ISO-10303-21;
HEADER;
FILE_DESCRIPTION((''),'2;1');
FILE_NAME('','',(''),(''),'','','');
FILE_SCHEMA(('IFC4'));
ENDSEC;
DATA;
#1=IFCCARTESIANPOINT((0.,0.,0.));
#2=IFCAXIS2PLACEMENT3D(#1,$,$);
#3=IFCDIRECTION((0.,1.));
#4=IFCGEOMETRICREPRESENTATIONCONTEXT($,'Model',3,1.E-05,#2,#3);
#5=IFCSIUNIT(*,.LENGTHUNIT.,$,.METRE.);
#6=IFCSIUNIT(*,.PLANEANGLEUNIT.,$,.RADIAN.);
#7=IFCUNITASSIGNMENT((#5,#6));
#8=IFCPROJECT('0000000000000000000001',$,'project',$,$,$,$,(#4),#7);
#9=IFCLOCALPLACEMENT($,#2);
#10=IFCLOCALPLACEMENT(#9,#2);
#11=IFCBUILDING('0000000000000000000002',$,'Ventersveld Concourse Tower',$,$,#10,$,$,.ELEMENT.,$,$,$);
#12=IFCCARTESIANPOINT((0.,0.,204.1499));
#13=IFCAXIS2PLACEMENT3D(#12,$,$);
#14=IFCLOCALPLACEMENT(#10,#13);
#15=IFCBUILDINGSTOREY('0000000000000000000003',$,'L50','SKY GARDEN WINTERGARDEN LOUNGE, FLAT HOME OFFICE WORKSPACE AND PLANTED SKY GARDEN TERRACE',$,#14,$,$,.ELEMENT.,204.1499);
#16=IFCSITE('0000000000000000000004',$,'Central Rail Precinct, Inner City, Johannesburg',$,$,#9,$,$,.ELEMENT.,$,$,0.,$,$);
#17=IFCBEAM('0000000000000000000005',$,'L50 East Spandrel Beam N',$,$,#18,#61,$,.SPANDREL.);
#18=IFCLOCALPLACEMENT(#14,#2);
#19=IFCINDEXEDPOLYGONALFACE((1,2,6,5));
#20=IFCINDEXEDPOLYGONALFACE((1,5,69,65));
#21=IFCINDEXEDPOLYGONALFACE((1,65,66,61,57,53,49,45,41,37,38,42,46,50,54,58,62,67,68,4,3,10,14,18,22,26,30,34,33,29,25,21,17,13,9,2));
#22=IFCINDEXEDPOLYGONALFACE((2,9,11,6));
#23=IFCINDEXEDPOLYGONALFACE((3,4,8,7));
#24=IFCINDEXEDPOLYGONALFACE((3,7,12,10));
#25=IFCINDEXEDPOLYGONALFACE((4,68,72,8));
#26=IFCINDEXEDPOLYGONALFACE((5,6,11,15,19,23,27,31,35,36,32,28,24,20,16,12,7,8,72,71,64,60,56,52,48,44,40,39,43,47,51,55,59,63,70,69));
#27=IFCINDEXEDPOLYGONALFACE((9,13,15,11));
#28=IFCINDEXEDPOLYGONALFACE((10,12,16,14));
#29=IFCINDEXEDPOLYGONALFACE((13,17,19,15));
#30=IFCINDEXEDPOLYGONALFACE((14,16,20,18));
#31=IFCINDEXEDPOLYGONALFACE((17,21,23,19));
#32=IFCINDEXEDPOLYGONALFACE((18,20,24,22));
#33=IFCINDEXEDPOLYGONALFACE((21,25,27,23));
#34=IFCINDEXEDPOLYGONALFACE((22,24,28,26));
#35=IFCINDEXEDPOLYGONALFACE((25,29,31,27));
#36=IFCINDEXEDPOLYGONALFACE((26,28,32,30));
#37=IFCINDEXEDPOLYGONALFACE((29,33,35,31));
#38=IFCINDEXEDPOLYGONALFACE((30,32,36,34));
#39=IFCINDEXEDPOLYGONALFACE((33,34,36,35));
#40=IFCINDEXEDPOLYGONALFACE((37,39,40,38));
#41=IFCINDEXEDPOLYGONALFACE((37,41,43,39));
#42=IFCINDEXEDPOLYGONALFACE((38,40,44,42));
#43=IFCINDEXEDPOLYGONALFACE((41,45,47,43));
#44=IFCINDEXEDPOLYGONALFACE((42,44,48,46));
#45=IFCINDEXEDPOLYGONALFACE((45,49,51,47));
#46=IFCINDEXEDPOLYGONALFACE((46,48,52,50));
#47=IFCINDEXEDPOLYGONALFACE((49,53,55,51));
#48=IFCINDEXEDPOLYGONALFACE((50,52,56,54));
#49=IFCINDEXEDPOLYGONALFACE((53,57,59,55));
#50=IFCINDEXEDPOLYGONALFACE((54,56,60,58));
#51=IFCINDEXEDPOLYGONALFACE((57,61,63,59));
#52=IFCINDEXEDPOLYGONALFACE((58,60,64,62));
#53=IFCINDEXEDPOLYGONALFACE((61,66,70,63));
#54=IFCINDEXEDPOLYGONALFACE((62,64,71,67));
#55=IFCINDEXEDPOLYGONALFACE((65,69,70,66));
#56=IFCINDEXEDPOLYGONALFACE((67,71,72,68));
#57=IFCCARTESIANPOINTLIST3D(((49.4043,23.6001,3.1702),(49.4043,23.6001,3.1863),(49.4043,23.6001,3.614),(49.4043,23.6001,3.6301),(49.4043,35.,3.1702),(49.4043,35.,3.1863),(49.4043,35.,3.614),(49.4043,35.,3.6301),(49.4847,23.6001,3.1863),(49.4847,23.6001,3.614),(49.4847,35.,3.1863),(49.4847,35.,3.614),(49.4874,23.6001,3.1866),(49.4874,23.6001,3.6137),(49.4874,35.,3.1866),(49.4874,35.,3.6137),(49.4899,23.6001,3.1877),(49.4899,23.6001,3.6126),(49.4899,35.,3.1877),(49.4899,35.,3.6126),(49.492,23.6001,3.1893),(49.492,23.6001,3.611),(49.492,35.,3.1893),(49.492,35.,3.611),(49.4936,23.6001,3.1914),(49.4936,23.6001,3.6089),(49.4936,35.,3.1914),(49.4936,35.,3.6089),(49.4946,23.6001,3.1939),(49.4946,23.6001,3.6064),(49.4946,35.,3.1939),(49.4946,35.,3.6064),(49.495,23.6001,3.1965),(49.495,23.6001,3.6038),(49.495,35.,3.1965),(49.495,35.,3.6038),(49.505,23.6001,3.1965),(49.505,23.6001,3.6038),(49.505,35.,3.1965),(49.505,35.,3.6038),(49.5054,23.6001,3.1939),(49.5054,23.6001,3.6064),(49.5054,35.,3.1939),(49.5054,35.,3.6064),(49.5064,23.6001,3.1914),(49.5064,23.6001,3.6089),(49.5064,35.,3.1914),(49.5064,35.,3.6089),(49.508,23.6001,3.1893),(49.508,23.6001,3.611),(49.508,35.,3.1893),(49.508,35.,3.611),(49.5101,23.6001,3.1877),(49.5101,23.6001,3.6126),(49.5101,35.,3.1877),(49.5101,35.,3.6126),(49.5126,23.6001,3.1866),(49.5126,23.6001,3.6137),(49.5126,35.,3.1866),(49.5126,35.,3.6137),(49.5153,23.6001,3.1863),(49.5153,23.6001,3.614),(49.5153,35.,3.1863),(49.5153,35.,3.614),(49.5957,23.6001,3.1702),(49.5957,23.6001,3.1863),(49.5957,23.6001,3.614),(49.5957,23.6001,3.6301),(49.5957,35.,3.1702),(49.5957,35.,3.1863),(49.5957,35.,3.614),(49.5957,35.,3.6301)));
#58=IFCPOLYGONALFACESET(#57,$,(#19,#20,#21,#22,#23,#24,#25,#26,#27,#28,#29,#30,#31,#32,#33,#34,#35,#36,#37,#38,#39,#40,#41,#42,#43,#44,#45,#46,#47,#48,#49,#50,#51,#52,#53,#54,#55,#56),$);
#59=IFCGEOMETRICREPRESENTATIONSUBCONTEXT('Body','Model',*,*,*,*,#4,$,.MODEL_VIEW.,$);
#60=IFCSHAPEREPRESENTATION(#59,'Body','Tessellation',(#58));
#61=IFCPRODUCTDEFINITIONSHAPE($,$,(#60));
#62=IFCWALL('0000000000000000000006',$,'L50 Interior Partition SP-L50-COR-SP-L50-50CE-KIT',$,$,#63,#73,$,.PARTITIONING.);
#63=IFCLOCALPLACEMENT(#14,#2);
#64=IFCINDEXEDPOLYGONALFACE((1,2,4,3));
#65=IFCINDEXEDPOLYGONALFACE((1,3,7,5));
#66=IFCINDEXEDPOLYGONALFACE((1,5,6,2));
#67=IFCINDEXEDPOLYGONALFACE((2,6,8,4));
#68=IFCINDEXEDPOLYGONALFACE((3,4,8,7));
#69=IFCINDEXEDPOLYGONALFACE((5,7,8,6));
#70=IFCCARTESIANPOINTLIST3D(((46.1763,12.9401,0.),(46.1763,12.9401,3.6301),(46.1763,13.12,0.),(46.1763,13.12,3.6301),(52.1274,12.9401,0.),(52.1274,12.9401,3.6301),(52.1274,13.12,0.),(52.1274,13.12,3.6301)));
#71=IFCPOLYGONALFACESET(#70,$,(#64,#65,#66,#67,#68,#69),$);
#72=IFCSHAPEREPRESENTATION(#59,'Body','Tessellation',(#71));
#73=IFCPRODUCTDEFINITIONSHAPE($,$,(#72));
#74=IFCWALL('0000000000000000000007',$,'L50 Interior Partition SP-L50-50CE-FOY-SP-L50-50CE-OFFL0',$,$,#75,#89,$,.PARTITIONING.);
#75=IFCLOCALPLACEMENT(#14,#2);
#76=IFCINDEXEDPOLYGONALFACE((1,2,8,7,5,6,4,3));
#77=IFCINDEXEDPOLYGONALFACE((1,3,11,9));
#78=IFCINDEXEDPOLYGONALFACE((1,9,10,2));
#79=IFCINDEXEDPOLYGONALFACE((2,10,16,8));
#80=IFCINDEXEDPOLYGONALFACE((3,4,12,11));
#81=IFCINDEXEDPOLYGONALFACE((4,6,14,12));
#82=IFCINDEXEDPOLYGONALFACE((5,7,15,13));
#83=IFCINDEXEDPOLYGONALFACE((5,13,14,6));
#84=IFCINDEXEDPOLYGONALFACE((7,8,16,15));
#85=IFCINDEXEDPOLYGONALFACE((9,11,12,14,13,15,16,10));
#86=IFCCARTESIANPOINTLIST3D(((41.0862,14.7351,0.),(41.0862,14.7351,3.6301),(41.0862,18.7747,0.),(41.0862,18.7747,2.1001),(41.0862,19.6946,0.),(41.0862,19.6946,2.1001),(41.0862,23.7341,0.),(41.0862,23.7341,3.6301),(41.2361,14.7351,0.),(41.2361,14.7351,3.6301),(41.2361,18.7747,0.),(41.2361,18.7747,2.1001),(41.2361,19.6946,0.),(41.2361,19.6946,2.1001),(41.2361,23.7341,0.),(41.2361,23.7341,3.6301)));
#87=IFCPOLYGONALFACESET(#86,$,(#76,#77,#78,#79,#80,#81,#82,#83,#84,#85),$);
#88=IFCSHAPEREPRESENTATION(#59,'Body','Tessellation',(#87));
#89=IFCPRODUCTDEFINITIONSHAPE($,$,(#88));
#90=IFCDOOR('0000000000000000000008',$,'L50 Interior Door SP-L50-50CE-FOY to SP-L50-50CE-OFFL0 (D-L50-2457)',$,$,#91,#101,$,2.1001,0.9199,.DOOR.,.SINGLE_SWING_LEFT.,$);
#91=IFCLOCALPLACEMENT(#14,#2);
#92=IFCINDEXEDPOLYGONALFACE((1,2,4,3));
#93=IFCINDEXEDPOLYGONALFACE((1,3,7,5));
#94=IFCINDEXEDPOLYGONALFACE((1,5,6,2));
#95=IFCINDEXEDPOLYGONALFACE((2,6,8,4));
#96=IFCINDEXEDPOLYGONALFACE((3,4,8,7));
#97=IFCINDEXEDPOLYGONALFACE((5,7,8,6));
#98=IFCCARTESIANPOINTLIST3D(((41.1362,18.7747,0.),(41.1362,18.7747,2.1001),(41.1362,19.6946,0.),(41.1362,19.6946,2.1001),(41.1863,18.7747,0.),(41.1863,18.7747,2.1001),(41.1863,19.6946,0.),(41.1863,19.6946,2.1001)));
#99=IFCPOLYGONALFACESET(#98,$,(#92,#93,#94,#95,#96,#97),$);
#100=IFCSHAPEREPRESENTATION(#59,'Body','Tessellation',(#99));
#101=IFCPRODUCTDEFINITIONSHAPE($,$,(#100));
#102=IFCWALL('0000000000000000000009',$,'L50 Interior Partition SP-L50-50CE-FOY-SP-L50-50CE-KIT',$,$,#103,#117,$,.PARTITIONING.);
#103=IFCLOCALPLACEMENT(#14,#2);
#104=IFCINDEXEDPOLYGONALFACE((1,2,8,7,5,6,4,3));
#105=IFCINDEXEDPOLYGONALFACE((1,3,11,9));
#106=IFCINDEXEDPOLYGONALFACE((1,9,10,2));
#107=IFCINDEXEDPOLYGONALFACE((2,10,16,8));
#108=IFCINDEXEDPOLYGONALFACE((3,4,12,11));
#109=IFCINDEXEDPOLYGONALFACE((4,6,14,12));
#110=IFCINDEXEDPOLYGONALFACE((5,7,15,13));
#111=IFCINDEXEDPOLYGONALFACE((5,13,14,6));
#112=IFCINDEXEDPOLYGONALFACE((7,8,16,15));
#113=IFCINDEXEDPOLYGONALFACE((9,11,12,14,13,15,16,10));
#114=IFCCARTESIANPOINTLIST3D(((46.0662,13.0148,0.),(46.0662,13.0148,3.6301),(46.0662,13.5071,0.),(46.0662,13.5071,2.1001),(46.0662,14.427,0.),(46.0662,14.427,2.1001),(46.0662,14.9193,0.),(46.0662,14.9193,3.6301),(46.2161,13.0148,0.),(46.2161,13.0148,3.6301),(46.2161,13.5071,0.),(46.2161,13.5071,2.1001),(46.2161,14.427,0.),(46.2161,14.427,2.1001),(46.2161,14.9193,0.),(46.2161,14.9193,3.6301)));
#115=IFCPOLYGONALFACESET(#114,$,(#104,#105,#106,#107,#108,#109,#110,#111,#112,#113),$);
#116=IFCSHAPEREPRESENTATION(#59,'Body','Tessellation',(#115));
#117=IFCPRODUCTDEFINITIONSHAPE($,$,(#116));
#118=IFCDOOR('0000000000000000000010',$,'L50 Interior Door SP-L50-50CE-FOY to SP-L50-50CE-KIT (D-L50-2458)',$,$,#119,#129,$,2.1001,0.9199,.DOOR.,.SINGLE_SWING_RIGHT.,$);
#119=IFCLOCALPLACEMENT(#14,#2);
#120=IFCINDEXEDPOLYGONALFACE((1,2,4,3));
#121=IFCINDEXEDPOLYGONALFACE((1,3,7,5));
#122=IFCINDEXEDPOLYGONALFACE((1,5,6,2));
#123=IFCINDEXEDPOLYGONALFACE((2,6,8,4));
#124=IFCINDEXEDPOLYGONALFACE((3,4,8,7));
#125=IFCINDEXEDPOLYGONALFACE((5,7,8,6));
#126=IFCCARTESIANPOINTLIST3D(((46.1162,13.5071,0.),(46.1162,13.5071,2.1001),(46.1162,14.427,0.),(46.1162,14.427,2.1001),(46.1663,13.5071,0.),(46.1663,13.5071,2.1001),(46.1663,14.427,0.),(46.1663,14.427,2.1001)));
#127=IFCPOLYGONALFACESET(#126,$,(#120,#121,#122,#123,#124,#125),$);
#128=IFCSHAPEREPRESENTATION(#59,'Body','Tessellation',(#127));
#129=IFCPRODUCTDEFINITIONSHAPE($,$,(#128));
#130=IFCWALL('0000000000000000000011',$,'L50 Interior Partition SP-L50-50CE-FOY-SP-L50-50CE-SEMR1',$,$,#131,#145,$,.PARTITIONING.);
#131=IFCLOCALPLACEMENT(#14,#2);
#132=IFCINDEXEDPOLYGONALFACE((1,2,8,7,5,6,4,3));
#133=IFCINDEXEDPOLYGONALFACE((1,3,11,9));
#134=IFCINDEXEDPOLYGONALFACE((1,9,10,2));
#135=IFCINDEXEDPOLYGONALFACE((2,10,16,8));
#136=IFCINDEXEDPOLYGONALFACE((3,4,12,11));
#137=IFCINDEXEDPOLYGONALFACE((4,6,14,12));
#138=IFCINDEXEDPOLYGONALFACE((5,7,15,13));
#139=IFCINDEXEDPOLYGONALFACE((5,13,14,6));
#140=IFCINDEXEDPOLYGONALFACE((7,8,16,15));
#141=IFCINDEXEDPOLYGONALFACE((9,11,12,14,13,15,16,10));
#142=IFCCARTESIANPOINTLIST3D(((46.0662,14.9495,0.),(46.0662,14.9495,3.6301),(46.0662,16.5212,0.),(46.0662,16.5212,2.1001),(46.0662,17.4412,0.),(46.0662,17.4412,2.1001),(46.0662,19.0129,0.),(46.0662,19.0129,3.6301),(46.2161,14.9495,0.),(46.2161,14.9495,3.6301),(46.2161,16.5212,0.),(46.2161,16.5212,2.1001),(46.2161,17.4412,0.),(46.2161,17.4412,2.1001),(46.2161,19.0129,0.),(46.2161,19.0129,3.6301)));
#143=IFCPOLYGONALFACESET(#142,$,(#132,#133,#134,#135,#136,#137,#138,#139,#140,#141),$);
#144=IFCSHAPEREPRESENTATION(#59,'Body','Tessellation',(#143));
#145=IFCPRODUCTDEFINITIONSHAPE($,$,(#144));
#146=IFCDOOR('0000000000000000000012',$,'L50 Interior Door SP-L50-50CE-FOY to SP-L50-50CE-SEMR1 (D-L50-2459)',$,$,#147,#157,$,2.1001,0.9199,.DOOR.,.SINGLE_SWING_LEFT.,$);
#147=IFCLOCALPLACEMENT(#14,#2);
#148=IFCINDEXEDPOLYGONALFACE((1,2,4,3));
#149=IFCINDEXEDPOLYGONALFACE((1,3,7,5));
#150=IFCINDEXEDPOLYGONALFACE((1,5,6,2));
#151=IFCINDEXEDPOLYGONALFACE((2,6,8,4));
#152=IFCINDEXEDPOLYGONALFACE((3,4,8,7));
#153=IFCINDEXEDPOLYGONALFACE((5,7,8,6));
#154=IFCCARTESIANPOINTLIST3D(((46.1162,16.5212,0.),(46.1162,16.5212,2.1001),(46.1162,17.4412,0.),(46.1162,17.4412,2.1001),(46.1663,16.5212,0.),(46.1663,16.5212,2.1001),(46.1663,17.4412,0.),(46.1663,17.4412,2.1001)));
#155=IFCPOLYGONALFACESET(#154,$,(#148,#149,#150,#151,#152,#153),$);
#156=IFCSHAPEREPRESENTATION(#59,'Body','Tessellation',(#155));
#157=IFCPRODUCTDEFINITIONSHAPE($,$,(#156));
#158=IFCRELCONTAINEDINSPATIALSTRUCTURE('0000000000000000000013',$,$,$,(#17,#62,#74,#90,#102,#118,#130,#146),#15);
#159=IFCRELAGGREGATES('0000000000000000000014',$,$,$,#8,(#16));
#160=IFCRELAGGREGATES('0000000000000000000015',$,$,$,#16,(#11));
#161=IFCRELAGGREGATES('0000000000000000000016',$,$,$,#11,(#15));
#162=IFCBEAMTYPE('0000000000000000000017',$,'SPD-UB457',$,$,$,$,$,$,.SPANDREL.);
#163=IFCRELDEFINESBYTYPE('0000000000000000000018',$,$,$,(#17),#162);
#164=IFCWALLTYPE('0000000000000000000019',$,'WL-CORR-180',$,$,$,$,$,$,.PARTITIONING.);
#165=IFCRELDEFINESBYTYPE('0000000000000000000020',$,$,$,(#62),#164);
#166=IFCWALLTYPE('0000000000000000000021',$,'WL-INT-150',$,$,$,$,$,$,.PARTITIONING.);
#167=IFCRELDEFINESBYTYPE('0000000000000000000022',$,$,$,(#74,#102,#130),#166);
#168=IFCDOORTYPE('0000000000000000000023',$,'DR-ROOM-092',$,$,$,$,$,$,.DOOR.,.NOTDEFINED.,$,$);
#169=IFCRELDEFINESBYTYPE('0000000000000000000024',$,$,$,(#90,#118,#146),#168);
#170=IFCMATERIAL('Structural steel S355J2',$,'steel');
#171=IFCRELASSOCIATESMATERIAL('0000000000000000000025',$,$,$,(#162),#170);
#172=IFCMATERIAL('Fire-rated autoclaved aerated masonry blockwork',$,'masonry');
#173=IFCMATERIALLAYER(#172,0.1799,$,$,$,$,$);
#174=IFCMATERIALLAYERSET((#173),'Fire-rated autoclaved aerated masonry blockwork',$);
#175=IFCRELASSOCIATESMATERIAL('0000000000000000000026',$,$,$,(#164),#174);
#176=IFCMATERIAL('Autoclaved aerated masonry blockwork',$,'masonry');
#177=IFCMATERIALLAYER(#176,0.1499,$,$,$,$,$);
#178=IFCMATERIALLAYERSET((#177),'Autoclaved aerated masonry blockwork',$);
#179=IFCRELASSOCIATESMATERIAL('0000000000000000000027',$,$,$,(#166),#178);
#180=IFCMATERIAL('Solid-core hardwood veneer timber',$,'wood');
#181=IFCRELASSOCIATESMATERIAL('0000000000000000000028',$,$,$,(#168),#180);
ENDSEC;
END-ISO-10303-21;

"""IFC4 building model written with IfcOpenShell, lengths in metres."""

from ifc_helpers import new_model, si_unit, direction, frame, frame_2d, origin, origin_2d, place, context, subcontext, project, spatial, rectangle, i_section, extrude, material, layer, layer_set, material_profile, profile_set, type_object, element, fill, save


model = new_model("IFC4")

# Units and contexts
model_context = context("Model", 3, precision=1e-05, world=origin(), true_north=direction((0.0, 1.0)))
body_context = subcontext(model_context, "Body", "Model", "MODEL_VIEW")
ifc_project = project(units=[si_unit("LENGTHUNIT", "METRE"), si_unit("PLANEANGLEUNIT", "RADIAN")], contexts=[model_context])

# Site, building, storey
site_placement = place(None, origin())
site = spatial("IfcSite", under=ifc_project, at=site_placement, Name="Central Rail Precinct, Inner City, Johannesburg", CompositionType="ELEMENT", RefElevation=0.0)
building_placement = place(site_placement, origin())
building = spatial("IfcBuilding", under=site, at=building_placement, Name="Ventersveld Concourse Tower", CompositionType="ELEMENT")
storey_placement = place(building_placement, frame((0.0, 0.0, 204.1499)))
storey = spatial("IfcBuildingStorey", under=building, at=storey_placement, Name="L50", Description="SKY GARDEN WINTERGARDEN LOUNGE, FLAT HOME OFFICE WORKSPACE AND PLANTED SKY GARDEN TERRACE", CompositionType="ELEMENT", Elevation=204.1499)

# Beam
ifc_material_1 = material(Name="Structural steel S355J2", Category="steel")
ifc_material_profile_1 = material_profile(ifc_material_1, i_section(OverallWidth=0.1914, OverallDepth=0.46, WebThickness=0.01, FlangeThickness=0.0161, FilletRadius=0.0103, at=origin_2d()), Name="UB 457x191x82")
ifc_profile_set_1 = profile_set([ifc_material_profile_1], Name="Structural steel S355J2")
beam_type_1 = type_object("IfcBeamType", Name="SPD-UB457", PredefinedType="SPANDREL", material=ifc_profile_set_1)
beam_1_placement = place(storey_placement, frame((49.5, 23.6001, 3.4001), z_axis=(0.0, 1.0, 0.0), x_axis=(-1.0, 0.0, 0.0)))
element("IfcBeam", 1, at=beam_1_placement, inside=storey, type_object=beam_type_1, Name="L50 East Spandrel Beam N", PredefinedType="SPANDREL", context=body_context, shape_type="SweptSolid", body=[
    extrude(i_section(OverallWidth=0.1914, OverallDepth=0.46, WebThickness=0.01, FlangeThickness=0.0161, FilletRadius=0.0103, at=origin_2d()), origin(), (0.0, 0.0, 1.0), 11.3999),
])

# Wall
ifc_material_2 = material(Name="Fire-rated autoclaved aerated masonry blockwork", Category="masonry")
ifc_layer_1 = layer(ifc_material_2, 0.1799)
ifc_layer_set_1 = layer_set([ifc_layer_1], Name="Fire-rated autoclaved aerated masonry blockwork")
wall_type_1 = type_object("IfcWallType", Name="WL-CORR-180", PredefinedType="PARTITIONING", material=ifc_layer_set_1)
wall_1_placement = place(storey_placement, frame((46.1763, 13.03, 0.0), z_axis=(0.0, 0.0, 1.0), x_axis=(1.0, 0.0, 0.0)))
element("IfcWall", 2, at=wall_1_placement, inside=storey, type_object=wall_type_1, Name="L50 Interior Partition SP-L50-COR-SP-L50-50CE-KIT", PredefinedType="PARTITIONING", context=body_context, shape_type="SweptSolid", body=[
    extrude(rectangle(XDim=5.9512, YDim=0.1799, at=frame_2d((2.9756, 0.0))), origin(), (0.0, 0.0, 1.0), 3.6301),
])

# Walls, openings, doors
ifc_material_3 = material(Name="Autoclaved aerated masonry blockwork", Category="masonry")
ifc_layer_2 = layer(ifc_material_3, 0.1499)
ifc_layer_set_2 = layer_set([ifc_layer_2], Name="Autoclaved aerated masonry blockwork")
wall_type_2 = type_object("IfcWallType", Name="WL-INT-150", PredefinedType="PARTITIONING", material=ifc_layer_set_2)
wall_2_placement = place(storey_placement, frame((41.1611, 14.7351, 0.0), z_axis=(0.0, 0.0, 1.0), x_axis=(0.0, 1.0, 0.0)))
wall_2 = element("IfcWall", 3, at=wall_2_placement, inside=storey, type_object=wall_type_2, Name="L50 Interior Partition SP-L50-50CE-FOY-SP-L50-50CE-OFFL0", PredefinedType="PARTITIONING", context=body_context, shape_type="SweptSolid", body=[
    extrude(rectangle(XDim=8.999, YDim=0.1499, at=frame_2d((4.4995, 0.0))), origin(), (0.0, 0.0, 1.0), 3.6301),
])
opening_1_placement = place(wall_2_placement, frame((4.0396, 0.0, 0.0)))
opening_1 = element("IfcOpeningElement", 4, at=opening_1_placement, cuts=wall_2, PredefinedType="OPENING", context=body_context, shape_type="SweptSolid", body=[
    extrude(rectangle(XDim=0.9199, YDim=2.1001, at=frame_2d((0.46, 1.05))), frame((0.0, 0.085, 0.0), z_axis=(0.0, -1.0, 0.0), x_axis=(1.0, 0.0, 0.0)), (0.0, 0.0, 1.0), 0.1699),
])
ifc_material_4 = material(Name="Solid-core hardwood veneer timber", Category="wood")
door_type = type_object("IfcDoorType", Name="DR-ROOM-092", OperationType="NOTDEFINED", PredefinedType="DOOR", material=ifc_material_4)
door_1_placement = place(opening_1_placement, origin())
door_1 = element("IfcDoor", 5, at=door_1_placement, inside=storey, type_object=door_type, Name="L50 Interior Door SP-L50-50CE-FOY to SP-L50-50CE-OFFL0 (D-L50-2457)", OperationType="SINGLE_SWING_LEFT", OverallHeight=2.1001, OverallWidth=0.9199, PredefinedType="DOOR", context=body_context, shape_type="SweptSolid", body=[
    extrude(rectangle(XDim=0.9199, YDim=2.1001, at=frame_2d((0.46, 1.05))), frame((0.0, 0.0249, 0.0), z_axis=(0.0, -1.0, 0.0), x_axis=(1.0, 0.0, 0.0)), (0.0, 0.0, 1.0), 0.05),
])
fill(opening_1, door_1)
wall_3_placement = place(storey_placement, frame((46.1411, 13.0149, 0.0), z_axis=(0.0, 0.0, 1.0), x_axis=(0.0, 1.0, 0.0)))
wall_3 = element("IfcWall", 6, at=wall_3_placement, inside=storey, type_object=wall_type_2, Name="L50 Interior Partition SP-L50-50CE-FOY-SP-L50-50CE-KIT", PredefinedType="PARTITIONING", context=body_context, shape_type="SweptSolid", body=[
    extrude(rectangle(XDim=1.9045, YDim=0.1499, at=frame_2d((0.9521, 0.0))), origin(), (0.0, 0.0, 1.0), 3.6301),
])
opening_2_placement = place(wall_3_placement, frame((0.4922, 0.0, 0.0)))
opening_2 = element("IfcOpeningElement", 7, at=opening_2_placement, cuts=wall_3, PredefinedType="OPENING", context=body_context, shape_type="SweptSolid", body=[
    extrude(rectangle(XDim=0.9199, YDim=2.1001, at=frame_2d((0.46, 1.05))), frame((0.0, 0.085, 0.0), z_axis=(0.0, -1.0, 0.0), x_axis=(1.0, 0.0, 0.0)), (0.0, 0.0, 1.0), 0.1699),
])
door_2_placement = place(opening_2_placement, origin())
door_2 = element("IfcDoor", 8, at=door_2_placement, inside=storey, type_object=door_type, Name="L50 Interior Door SP-L50-50CE-FOY to SP-L50-50CE-KIT (D-L50-2458)", OperationType="SINGLE_SWING_RIGHT", OverallHeight=2.1001, OverallWidth=0.9199, PredefinedType="DOOR", context=body_context, shape_type="SweptSolid", body=[
    extrude(rectangle(XDim=0.9199, YDim=2.1001, at=frame_2d((0.46, 1.05))), frame((0.0, 0.0249, 0.0), z_axis=(0.0, -1.0, 0.0), x_axis=(1.0, 0.0, 0.0)), (0.0, 0.0, 1.0), 0.05),
])
fill(opening_2, door_2)
wall_4_placement = place(storey_placement, frame((46.1411, 14.9495, 0.0), z_axis=(0.0, 0.0, 1.0), x_axis=(0.0, 1.0, 0.0)))
wall_4 = element("IfcWall", 9, at=wall_4_placement, inside=storey, type_object=wall_type_2, Name="L50 Interior Partition SP-L50-50CE-FOY-SP-L50-50CE-SEMR1", PredefinedType="PARTITIONING", context=body_context, shape_type="SweptSolid", body=[
    extrude(rectangle(XDim=4.0635, YDim=0.1499, at=frame_2d((2.0317, 0.0))), origin(), (0.0, 0.0, 1.0), 3.6301),
])
opening_3_placement = place(wall_4_placement, frame((1.5718, 0.0, 0.0)))
opening_3 = element("IfcOpeningElement", 10, at=opening_3_placement, cuts=wall_4, PredefinedType="OPENING", context=body_context, shape_type="SweptSolid", body=[
    extrude(rectangle(XDim=0.9199, YDim=2.1001, at=frame_2d((0.46, 1.05))), frame((0.0, 0.085, 0.0), z_axis=(0.0, -1.0, 0.0), x_axis=(1.0, 0.0, 0.0)), (0.0, 0.0, 1.0), 0.1699),
])
door_3_placement = place(opening_3_placement, origin())
door_3 = element("IfcDoor", 11, at=door_3_placement, inside=storey, type_object=door_type, Name="L50 Interior Door SP-L50-50CE-FOY to SP-L50-50CE-SEMR1 (D-L50-2459)", OperationType="SINGLE_SWING_LEFT", OverallHeight=2.1001, OverallWidth=0.9199, PredefinedType="DOOR", context=body_context, shape_type="SweptSolid", body=[
    extrude(rectangle(XDim=0.9199, YDim=2.1001, at=frame_2d((0.46, 1.05))), frame((0.0, 0.0249, 0.0), z_axis=(0.0, -1.0, 0.0), x_axis=(1.0, 0.0, 0.0)), (0.0, 0.0, 1.0), 0.05),
])
fill(opening_3, door_3)

save(model, "model.ifc")
